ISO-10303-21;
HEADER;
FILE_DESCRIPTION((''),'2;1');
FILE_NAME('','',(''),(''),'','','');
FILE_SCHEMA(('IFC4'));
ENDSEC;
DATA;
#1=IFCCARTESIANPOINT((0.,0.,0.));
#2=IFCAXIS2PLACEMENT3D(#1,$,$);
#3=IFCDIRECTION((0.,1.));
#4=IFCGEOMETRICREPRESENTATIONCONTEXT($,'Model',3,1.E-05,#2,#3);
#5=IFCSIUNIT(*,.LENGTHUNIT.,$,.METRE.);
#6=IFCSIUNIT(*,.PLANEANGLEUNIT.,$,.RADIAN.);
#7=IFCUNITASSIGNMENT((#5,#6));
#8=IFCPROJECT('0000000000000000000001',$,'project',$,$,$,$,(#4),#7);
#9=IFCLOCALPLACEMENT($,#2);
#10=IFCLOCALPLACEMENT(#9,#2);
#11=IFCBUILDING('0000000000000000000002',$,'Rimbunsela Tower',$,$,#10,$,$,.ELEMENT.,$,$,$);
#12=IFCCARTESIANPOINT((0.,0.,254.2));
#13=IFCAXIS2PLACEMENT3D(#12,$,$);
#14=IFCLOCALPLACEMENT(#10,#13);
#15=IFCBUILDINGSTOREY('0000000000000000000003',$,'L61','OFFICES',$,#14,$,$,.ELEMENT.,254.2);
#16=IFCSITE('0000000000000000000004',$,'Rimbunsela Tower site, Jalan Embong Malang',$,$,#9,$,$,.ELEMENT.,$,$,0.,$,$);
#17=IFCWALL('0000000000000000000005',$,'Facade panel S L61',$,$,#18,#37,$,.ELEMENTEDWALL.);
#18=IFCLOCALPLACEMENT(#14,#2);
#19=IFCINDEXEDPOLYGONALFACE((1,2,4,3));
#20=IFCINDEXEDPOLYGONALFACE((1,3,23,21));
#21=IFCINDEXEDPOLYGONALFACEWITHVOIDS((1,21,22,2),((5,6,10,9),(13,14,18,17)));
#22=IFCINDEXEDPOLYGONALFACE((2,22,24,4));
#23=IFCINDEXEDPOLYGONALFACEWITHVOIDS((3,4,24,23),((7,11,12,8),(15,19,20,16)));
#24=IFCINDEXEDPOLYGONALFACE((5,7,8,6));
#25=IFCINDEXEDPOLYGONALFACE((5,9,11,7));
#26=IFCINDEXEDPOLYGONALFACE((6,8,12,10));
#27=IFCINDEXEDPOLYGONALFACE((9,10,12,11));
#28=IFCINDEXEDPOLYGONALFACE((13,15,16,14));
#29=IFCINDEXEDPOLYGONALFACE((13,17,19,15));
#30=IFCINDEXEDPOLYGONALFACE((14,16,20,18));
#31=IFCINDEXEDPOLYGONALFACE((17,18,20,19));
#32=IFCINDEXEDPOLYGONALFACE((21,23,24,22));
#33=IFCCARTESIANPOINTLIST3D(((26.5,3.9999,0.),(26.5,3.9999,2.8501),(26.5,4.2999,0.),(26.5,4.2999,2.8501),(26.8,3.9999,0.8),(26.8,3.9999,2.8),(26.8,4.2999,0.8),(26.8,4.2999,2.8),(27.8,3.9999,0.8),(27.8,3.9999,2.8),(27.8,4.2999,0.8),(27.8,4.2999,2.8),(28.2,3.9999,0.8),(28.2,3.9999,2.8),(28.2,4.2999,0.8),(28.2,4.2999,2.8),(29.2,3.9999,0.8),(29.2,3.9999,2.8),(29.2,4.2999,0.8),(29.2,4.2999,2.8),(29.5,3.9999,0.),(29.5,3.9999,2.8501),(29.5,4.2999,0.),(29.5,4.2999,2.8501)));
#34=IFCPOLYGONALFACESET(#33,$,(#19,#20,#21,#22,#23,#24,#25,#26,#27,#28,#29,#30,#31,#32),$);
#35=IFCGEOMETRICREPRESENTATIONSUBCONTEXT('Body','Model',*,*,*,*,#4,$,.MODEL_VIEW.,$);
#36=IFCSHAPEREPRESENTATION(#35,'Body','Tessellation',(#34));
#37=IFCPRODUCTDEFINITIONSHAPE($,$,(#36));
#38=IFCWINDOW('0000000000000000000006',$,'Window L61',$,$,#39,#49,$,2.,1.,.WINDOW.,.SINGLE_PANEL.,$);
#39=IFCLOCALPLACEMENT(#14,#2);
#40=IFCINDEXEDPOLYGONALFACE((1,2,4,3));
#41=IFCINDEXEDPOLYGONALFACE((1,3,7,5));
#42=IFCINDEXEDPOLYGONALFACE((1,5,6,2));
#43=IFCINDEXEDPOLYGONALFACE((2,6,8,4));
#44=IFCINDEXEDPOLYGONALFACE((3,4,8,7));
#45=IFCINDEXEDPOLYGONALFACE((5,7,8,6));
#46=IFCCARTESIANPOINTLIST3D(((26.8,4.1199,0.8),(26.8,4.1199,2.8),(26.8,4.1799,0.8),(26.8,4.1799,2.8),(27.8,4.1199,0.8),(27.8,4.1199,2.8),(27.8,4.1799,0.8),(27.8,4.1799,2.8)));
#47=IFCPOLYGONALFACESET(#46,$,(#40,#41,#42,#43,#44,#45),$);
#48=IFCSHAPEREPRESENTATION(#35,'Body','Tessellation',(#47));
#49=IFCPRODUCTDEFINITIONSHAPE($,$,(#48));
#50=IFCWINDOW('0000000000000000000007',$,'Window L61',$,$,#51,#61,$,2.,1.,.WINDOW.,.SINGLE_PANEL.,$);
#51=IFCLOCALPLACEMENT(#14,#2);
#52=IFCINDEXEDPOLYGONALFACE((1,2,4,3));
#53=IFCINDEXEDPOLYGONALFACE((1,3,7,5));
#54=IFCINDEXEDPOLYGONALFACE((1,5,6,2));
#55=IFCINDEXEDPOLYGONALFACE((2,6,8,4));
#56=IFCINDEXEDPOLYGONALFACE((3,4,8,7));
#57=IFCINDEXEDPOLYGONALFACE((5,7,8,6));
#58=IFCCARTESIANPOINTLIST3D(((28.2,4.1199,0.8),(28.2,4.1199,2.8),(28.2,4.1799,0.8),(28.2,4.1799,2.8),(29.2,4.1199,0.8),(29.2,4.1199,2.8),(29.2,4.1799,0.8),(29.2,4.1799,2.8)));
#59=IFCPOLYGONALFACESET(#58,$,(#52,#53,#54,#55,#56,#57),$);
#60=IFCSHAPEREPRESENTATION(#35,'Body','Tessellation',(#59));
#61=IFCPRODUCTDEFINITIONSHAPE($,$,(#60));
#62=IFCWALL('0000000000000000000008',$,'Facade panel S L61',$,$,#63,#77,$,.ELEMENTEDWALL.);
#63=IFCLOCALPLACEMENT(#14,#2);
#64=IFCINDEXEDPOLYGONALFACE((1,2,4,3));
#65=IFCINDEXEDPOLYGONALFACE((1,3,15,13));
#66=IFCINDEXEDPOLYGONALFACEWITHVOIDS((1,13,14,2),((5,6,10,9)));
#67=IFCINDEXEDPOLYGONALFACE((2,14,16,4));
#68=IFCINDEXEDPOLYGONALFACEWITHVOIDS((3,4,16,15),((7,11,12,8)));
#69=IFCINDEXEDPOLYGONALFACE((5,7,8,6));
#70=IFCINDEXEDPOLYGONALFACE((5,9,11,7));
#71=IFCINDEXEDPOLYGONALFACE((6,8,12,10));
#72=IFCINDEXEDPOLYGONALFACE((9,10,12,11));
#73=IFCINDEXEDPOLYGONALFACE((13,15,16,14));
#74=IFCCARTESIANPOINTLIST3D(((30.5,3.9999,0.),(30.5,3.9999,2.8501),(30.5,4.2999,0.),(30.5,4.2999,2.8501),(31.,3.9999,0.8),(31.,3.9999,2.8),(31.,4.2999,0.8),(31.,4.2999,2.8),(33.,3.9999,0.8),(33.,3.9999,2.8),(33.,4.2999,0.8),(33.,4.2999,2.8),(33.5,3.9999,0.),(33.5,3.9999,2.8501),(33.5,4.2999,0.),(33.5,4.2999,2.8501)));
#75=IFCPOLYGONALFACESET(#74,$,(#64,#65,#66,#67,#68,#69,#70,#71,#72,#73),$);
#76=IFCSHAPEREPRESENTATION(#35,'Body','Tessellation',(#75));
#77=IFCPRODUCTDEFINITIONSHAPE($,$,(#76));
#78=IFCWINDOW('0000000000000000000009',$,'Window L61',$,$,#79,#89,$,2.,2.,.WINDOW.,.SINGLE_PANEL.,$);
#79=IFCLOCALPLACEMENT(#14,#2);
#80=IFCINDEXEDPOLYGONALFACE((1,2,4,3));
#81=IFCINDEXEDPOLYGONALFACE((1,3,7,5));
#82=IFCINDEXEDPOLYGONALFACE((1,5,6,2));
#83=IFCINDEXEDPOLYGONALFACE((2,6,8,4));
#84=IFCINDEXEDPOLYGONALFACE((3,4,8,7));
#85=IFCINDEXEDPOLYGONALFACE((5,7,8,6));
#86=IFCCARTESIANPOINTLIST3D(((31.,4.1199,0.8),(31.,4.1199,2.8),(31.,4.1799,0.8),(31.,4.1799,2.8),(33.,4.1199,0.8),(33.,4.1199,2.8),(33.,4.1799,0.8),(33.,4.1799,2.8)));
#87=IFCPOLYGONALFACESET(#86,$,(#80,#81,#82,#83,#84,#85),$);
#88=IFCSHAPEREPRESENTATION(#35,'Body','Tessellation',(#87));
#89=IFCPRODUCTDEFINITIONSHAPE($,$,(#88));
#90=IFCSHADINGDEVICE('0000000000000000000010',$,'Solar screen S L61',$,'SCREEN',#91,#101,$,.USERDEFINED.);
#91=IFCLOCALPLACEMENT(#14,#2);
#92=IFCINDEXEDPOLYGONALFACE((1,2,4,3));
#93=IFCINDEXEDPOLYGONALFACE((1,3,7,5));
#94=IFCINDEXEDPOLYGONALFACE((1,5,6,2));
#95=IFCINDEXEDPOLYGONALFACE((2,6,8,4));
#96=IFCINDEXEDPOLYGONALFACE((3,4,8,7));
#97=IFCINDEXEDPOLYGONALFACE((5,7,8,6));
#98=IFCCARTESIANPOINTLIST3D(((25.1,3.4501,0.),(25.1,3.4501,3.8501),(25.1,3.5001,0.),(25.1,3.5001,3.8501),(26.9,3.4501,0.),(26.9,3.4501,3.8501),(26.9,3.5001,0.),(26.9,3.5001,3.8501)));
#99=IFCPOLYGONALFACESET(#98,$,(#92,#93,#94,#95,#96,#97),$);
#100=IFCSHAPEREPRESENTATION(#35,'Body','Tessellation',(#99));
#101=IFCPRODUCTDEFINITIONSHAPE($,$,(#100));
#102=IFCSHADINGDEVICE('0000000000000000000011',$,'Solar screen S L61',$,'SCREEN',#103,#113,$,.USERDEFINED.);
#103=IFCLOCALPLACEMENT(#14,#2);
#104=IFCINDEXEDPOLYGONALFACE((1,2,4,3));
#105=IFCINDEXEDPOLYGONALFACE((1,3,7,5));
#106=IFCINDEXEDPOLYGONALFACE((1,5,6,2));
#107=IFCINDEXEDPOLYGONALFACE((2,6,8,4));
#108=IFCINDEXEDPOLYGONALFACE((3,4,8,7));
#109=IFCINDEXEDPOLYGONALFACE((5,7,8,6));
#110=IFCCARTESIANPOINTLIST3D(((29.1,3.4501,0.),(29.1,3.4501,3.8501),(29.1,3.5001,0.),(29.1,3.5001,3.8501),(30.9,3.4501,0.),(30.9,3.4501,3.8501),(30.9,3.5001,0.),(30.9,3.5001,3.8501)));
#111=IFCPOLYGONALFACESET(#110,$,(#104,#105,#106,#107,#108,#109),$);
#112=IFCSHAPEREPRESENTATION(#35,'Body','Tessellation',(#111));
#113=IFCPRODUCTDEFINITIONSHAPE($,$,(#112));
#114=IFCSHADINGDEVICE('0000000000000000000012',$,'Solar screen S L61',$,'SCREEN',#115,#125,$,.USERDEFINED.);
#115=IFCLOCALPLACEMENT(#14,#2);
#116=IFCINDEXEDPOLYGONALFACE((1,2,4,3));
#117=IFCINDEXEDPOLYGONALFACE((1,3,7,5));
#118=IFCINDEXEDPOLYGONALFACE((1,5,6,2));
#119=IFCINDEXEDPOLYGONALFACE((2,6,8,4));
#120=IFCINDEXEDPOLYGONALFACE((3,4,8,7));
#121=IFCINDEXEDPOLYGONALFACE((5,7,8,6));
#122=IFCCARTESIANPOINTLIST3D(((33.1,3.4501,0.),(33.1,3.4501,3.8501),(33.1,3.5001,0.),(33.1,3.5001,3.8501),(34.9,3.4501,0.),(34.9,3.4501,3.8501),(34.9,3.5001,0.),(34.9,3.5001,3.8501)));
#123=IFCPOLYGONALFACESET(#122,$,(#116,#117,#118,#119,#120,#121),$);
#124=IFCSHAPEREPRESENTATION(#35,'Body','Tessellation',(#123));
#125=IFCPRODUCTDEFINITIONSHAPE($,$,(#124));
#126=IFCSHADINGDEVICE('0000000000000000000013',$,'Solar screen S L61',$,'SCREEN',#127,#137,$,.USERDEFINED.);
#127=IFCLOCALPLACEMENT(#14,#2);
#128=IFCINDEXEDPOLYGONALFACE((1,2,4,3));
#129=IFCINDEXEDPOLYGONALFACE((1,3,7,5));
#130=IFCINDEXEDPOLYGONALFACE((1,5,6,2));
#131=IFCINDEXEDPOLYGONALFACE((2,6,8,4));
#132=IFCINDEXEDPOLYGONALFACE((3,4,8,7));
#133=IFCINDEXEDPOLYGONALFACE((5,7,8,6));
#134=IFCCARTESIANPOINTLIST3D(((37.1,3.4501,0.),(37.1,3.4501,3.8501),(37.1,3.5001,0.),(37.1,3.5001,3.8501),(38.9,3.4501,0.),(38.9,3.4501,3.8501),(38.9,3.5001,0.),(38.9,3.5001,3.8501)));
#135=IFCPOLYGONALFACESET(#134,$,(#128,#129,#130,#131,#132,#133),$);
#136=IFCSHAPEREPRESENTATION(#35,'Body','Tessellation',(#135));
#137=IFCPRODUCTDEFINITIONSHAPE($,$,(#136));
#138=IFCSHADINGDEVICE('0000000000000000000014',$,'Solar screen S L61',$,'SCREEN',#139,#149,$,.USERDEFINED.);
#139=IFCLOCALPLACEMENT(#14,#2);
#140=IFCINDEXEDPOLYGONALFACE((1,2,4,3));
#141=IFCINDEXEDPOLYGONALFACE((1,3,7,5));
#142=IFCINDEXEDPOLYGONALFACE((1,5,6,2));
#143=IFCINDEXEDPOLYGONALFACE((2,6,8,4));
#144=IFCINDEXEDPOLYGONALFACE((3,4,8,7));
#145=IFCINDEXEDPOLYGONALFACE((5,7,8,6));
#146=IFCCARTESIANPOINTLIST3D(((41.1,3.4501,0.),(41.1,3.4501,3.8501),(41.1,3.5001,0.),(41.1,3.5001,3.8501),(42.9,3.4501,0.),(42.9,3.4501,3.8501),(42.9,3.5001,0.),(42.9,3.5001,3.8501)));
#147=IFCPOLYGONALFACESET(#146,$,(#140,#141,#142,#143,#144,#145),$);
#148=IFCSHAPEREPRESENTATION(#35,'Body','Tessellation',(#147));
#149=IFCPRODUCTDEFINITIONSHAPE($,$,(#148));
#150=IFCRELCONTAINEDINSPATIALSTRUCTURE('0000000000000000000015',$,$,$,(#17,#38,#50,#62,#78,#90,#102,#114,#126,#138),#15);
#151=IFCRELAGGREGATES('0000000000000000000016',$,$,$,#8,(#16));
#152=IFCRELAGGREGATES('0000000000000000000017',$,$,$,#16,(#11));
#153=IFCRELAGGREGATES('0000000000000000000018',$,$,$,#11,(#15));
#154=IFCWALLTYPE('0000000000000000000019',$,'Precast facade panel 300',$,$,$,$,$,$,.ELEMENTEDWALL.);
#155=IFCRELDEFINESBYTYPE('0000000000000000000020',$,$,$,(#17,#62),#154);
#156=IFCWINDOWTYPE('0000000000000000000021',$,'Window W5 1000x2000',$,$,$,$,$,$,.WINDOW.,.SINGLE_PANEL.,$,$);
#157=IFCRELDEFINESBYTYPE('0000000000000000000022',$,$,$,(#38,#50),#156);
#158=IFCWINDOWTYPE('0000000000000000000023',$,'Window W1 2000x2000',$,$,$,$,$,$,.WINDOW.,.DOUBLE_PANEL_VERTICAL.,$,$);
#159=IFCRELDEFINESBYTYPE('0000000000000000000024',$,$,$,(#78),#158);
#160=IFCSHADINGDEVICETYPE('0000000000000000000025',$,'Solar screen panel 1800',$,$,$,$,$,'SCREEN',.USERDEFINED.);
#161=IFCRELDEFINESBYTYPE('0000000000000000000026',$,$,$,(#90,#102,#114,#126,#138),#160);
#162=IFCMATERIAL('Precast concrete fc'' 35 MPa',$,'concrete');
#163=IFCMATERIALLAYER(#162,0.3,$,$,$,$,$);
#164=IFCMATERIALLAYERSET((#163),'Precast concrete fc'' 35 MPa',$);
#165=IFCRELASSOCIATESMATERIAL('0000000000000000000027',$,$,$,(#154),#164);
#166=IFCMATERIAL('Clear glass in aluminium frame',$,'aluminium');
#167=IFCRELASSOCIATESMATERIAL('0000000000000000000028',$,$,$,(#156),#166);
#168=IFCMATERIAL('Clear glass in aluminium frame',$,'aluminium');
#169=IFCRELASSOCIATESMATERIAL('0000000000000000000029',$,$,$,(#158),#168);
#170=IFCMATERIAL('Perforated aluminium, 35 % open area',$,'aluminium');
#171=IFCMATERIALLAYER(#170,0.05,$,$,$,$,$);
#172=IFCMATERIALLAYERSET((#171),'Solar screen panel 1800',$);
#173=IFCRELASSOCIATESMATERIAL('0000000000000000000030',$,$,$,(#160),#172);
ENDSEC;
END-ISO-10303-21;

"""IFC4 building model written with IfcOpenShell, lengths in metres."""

from ifc_helpers import new_model, si_unit, direction, frame, frame_2d, origin, origin_2d, place, context, subcontext, project, spatial, rectangle, extrude, material, layer, layer_set, type_object, element, fill, save


model = new_model("IFC4")

# Units and contexts
model_context = context("Model", 3, precision=1e-05, world=origin(), true_north=direction((0.0, 1.0)))
body_context = subcontext(model_context, "Body", "Model", "MODEL_VIEW")
ifc_project = project(units=[si_unit("LENGTHUNIT", "METRE"), si_unit("PLANEANGLEUNIT", "RADIAN")], contexts=[model_context])

# Site, building, storey
site_placement = place(None, origin())
site = spatial("IfcSite", under=ifc_project, at=site_placement, Name="Rimbunsela Tower site, Jalan Embong Malang", CompositionType="ELEMENT", RefElevation=0.0)
building_placement = place(site_placement, origin())
building = spatial("IfcBuilding", under=site, at=building_placement, Name="Rimbunsela Tower", CompositionType="ELEMENT")
storey_placement = place(building_placement, frame((0.0, 0.0, 254.2)))
storey = spatial("IfcBuildingStorey", under=building, at=storey_placement, Name="L61", Description="OFFICES", CompositionType="ELEMENT", Elevation=254.2)

# Wall, openings, windows
ifc_material_1 = material(Name="Precast concrete fc' 35 MPa", Category="concrete")
ifc_layer_1 = layer(ifc_material_1, 0.3)
ifc_layer_set_1 = layer_set([ifc_layer_1], Name="Precast concrete fc' 35 MPa")
wall_type = type_object("IfcWallType", Name="Precast facade panel 300", PredefinedType="ELEMENTEDWALL", material=ifc_layer_set_1)
wall_1_placement = place(storey_placement, frame((26.5, 4.1499, 0.0), z_axis=(0.0, 0.0, 1.0), x_axis=(1.0, 0.0, 0.0)))
wall_1 = element("IfcWall", 1, at=wall_1_placement, inside=storey, type_object=wall_type, Name="Facade panel S L61", PredefinedType="ELEMENTEDWALL", context=body_context, shape_type="SweptSolid", body=[
    extrude(rectangle(XDim=3.0, YDim=0.3, at=frame_2d((1.5, 0.0))), origin(), (0.0, 0.0, 1.0), 2.8501),
])
opening_1_placement = place(wall_1_placement, frame((0.3, 0.0, 0.8)))
opening_1 = element("IfcOpeningElement", 2, at=opening_1_placement, cuts=wall_1, PredefinedType="OPENING", context=body_context, shape_type="SweptSolid", body=[
    extrude(rectangle(XDim=1.0, YDim=2.0, at=frame_2d((0.5, 1.0))), frame((0.0, 0.1599, 0.0), z_axis=(0.0, -1.0, 0.0), x_axis=(1.0, 0.0, 0.0)), (0.0, 0.0, 1.0), 0.3201),
])
opening_2_placement = place(wall_1_placement, frame((1.7, 0.0, 0.8)))
opening_2 = element("IfcOpeningElement", 3, at=opening_2_placement, cuts=wall_1, PredefinedType="OPENING", context=body_context, shape_type="SweptSolid", body=[
    extrude(rectangle(XDim=1.0, YDim=2.0, at=frame_2d((0.5, 1.0))), frame((0.0, 0.1599, 0.0), z_axis=(0.0, -1.0, 0.0), x_axis=(1.0, 0.0, 0.0)), (0.0, 0.0, 1.0), 0.3201),
])
ifc_material_2 = material(Name="Clear glass in aluminium frame", Category="aluminium")
window_type_1 = type_object("IfcWindowType", Name="Window W5 1000x2000", PartitioningType="SINGLE_PANEL", PredefinedType="WINDOW", material=ifc_material_2)
window_1_placement = place(opening_1_placement, origin())
window_1 = element("IfcWindow", 4, at=window_1_placement, inside=storey, type_object=window_type_1, Name="Window L61", OverallHeight=2.0, OverallWidth=1.0, PartitioningType="SINGLE_PANEL", PredefinedType="WINDOW", context=body_context, shape_type="SweptSolid", body=[
    extrude(rectangle(XDim=1.0, YDim=2.0, at=frame_2d((0.5, 1.0))), frame((0.0, 0.03, 0.0), z_axis=(0.0, -1.0, 0.0), x_axis=(1.0, 0.0, 0.0)), (0.0, 0.0, 1.0), 0.0601),
])
fill(opening_1, window_1)
window_2_placement = place(opening_2_placement, origin())
window_2 = element("IfcWindow", 5, at=window_2_placement, inside=storey, type_object=window_type_1, Name="Window L61", OverallHeight=2.0, OverallWidth=1.0, PartitioningType="SINGLE_PANEL", PredefinedType="WINDOW", context=body_context, shape_type="SweptSolid", body=[
    extrude(rectangle(XDim=1.0, YDim=2.0, at=frame_2d((0.5, 1.0))), frame((0.0, 0.03, 0.0), z_axis=(0.0, -1.0, 0.0), x_axis=(1.0, 0.0, 0.0)), (0.0, 0.0, 1.0), 0.0601),
])
fill(opening_2, window_2)

# Wall, opening, window
wall_2_placement = place(storey_placement, frame((30.5, 4.1499, 0.0), z_axis=(0.0, 0.0, 1.0), x_axis=(1.0, 0.0, 0.0)))
wall_2 = element("IfcWall", 6, at=wall_2_placement, inside=storey, type_object=wall_type, Name="Facade panel S L61", PredefinedType="ELEMENTEDWALL", context=body_context, shape_type="SweptSolid", body=[
    extrude(rectangle(XDim=3.0, YDim=0.3, at=frame_2d((1.5, 0.0))), origin(), (0.0, 0.0, 1.0), 2.8501),
])
opening_3_placement = place(wall_2_placement, frame((0.5, 0.0, 0.8)))
opening_3 = element("IfcOpeningElement", 7, at=opening_3_placement, cuts=wall_2, PredefinedType="OPENING", context=body_context, shape_type="SweptSolid", body=[
    extrude(rectangle(XDim=2.0, YDim=2.0, at=frame_2d((1.0, 1.0))), frame((0.0, 0.1599, 0.0), z_axis=(0.0, -1.0, 0.0), x_axis=(1.0, 0.0, 0.0)), (0.0, 0.0, 1.0), 0.3201),
])
ifc_material_3 = material(Name="Clear glass in aluminium frame", Category="aluminium")
window_type_2 = type_object("IfcWindowType", Name="Window W1 2000x2000", PartitioningType="DOUBLE_PANEL_VERTICAL", PredefinedType="WINDOW", material=ifc_material_3)
window_3_placement = place(opening_3_placement, origin())
window_3 = element("IfcWindow", 8, at=window_3_placement, inside=storey, type_object=window_type_2, Name="Window L61", OverallHeight=2.0, OverallWidth=2.0, PartitioningType="SINGLE_PANEL", PredefinedType="WINDOW", context=body_context, shape_type="SweptSolid", body=[
    extrude(rectangle(XDim=2.0, YDim=2.0, at=frame_2d((1.0, 1.0))), frame((0.0, 0.03, 0.0), z_axis=(0.0, -1.0, 0.0), x_axis=(1.0, 0.0, 0.0)), (0.0, 0.0, 1.0), 0.0601),
])
fill(opening_3, window_3)

# Shading devices
ifc_material_4 = material(Name="Perforated aluminium, 35 % open area", Category="aluminium")
ifc_layer_2 = layer(ifc_material_4, 0.05)
ifc_layer_set_2 = layer_set([ifc_layer_2], Name="Solar screen panel 1800")
shading_device_type = type_object("IfcShadingDeviceType", Name="Solar screen panel 1800", ElementType="SCREEN", PredefinedType="USERDEFINED", material=ifc_layer_set_2)
for number, where, z_axis, x_axis, name in (
    (9, (26.0, 3.4751, 0.0), (0.0, 0.0, 1.0), (1.0, 0.0, 0.0), "Solar screen S L61"),
    (10, (30.0, 3.4751, 0.0), (0.0, 0.0, 1.0), (1.0, 0.0, 0.0), "Solar screen S L61"),
    (11, (34.0, 3.4751, 0.0), (0.0, 0.0, 1.0), (1.0, 0.0, 0.0), "Solar screen S L61"),
    (12, (38.0, 3.4751, 0.0), (0.0, 0.0, 1.0), (1.0, 0.0, 0.0), "Solar screen S L61"),
    (13, (42.0, 3.4751, 0.0), (0.0, 0.0, 1.0), (1.0, 0.0, 0.0), "Solar screen S L61"),
):
    element("IfcShadingDevice", number, at=place(storey_placement, frame(where, z_axis=z_axis, x_axis=x_axis)), inside=storey, type_object=shading_device_type, Name=name, ObjectType="SCREEN", PredefinedType="USERDEFINED", context=body_context, shape_type="SweptSolid", body=[
        extrude(rectangle(XDim=1.8, YDim=0.05, at=origin_2d()), origin(), (0.0, 0.0, 1.0), 3.8501),
    ])

save(model, "model.ifc")
